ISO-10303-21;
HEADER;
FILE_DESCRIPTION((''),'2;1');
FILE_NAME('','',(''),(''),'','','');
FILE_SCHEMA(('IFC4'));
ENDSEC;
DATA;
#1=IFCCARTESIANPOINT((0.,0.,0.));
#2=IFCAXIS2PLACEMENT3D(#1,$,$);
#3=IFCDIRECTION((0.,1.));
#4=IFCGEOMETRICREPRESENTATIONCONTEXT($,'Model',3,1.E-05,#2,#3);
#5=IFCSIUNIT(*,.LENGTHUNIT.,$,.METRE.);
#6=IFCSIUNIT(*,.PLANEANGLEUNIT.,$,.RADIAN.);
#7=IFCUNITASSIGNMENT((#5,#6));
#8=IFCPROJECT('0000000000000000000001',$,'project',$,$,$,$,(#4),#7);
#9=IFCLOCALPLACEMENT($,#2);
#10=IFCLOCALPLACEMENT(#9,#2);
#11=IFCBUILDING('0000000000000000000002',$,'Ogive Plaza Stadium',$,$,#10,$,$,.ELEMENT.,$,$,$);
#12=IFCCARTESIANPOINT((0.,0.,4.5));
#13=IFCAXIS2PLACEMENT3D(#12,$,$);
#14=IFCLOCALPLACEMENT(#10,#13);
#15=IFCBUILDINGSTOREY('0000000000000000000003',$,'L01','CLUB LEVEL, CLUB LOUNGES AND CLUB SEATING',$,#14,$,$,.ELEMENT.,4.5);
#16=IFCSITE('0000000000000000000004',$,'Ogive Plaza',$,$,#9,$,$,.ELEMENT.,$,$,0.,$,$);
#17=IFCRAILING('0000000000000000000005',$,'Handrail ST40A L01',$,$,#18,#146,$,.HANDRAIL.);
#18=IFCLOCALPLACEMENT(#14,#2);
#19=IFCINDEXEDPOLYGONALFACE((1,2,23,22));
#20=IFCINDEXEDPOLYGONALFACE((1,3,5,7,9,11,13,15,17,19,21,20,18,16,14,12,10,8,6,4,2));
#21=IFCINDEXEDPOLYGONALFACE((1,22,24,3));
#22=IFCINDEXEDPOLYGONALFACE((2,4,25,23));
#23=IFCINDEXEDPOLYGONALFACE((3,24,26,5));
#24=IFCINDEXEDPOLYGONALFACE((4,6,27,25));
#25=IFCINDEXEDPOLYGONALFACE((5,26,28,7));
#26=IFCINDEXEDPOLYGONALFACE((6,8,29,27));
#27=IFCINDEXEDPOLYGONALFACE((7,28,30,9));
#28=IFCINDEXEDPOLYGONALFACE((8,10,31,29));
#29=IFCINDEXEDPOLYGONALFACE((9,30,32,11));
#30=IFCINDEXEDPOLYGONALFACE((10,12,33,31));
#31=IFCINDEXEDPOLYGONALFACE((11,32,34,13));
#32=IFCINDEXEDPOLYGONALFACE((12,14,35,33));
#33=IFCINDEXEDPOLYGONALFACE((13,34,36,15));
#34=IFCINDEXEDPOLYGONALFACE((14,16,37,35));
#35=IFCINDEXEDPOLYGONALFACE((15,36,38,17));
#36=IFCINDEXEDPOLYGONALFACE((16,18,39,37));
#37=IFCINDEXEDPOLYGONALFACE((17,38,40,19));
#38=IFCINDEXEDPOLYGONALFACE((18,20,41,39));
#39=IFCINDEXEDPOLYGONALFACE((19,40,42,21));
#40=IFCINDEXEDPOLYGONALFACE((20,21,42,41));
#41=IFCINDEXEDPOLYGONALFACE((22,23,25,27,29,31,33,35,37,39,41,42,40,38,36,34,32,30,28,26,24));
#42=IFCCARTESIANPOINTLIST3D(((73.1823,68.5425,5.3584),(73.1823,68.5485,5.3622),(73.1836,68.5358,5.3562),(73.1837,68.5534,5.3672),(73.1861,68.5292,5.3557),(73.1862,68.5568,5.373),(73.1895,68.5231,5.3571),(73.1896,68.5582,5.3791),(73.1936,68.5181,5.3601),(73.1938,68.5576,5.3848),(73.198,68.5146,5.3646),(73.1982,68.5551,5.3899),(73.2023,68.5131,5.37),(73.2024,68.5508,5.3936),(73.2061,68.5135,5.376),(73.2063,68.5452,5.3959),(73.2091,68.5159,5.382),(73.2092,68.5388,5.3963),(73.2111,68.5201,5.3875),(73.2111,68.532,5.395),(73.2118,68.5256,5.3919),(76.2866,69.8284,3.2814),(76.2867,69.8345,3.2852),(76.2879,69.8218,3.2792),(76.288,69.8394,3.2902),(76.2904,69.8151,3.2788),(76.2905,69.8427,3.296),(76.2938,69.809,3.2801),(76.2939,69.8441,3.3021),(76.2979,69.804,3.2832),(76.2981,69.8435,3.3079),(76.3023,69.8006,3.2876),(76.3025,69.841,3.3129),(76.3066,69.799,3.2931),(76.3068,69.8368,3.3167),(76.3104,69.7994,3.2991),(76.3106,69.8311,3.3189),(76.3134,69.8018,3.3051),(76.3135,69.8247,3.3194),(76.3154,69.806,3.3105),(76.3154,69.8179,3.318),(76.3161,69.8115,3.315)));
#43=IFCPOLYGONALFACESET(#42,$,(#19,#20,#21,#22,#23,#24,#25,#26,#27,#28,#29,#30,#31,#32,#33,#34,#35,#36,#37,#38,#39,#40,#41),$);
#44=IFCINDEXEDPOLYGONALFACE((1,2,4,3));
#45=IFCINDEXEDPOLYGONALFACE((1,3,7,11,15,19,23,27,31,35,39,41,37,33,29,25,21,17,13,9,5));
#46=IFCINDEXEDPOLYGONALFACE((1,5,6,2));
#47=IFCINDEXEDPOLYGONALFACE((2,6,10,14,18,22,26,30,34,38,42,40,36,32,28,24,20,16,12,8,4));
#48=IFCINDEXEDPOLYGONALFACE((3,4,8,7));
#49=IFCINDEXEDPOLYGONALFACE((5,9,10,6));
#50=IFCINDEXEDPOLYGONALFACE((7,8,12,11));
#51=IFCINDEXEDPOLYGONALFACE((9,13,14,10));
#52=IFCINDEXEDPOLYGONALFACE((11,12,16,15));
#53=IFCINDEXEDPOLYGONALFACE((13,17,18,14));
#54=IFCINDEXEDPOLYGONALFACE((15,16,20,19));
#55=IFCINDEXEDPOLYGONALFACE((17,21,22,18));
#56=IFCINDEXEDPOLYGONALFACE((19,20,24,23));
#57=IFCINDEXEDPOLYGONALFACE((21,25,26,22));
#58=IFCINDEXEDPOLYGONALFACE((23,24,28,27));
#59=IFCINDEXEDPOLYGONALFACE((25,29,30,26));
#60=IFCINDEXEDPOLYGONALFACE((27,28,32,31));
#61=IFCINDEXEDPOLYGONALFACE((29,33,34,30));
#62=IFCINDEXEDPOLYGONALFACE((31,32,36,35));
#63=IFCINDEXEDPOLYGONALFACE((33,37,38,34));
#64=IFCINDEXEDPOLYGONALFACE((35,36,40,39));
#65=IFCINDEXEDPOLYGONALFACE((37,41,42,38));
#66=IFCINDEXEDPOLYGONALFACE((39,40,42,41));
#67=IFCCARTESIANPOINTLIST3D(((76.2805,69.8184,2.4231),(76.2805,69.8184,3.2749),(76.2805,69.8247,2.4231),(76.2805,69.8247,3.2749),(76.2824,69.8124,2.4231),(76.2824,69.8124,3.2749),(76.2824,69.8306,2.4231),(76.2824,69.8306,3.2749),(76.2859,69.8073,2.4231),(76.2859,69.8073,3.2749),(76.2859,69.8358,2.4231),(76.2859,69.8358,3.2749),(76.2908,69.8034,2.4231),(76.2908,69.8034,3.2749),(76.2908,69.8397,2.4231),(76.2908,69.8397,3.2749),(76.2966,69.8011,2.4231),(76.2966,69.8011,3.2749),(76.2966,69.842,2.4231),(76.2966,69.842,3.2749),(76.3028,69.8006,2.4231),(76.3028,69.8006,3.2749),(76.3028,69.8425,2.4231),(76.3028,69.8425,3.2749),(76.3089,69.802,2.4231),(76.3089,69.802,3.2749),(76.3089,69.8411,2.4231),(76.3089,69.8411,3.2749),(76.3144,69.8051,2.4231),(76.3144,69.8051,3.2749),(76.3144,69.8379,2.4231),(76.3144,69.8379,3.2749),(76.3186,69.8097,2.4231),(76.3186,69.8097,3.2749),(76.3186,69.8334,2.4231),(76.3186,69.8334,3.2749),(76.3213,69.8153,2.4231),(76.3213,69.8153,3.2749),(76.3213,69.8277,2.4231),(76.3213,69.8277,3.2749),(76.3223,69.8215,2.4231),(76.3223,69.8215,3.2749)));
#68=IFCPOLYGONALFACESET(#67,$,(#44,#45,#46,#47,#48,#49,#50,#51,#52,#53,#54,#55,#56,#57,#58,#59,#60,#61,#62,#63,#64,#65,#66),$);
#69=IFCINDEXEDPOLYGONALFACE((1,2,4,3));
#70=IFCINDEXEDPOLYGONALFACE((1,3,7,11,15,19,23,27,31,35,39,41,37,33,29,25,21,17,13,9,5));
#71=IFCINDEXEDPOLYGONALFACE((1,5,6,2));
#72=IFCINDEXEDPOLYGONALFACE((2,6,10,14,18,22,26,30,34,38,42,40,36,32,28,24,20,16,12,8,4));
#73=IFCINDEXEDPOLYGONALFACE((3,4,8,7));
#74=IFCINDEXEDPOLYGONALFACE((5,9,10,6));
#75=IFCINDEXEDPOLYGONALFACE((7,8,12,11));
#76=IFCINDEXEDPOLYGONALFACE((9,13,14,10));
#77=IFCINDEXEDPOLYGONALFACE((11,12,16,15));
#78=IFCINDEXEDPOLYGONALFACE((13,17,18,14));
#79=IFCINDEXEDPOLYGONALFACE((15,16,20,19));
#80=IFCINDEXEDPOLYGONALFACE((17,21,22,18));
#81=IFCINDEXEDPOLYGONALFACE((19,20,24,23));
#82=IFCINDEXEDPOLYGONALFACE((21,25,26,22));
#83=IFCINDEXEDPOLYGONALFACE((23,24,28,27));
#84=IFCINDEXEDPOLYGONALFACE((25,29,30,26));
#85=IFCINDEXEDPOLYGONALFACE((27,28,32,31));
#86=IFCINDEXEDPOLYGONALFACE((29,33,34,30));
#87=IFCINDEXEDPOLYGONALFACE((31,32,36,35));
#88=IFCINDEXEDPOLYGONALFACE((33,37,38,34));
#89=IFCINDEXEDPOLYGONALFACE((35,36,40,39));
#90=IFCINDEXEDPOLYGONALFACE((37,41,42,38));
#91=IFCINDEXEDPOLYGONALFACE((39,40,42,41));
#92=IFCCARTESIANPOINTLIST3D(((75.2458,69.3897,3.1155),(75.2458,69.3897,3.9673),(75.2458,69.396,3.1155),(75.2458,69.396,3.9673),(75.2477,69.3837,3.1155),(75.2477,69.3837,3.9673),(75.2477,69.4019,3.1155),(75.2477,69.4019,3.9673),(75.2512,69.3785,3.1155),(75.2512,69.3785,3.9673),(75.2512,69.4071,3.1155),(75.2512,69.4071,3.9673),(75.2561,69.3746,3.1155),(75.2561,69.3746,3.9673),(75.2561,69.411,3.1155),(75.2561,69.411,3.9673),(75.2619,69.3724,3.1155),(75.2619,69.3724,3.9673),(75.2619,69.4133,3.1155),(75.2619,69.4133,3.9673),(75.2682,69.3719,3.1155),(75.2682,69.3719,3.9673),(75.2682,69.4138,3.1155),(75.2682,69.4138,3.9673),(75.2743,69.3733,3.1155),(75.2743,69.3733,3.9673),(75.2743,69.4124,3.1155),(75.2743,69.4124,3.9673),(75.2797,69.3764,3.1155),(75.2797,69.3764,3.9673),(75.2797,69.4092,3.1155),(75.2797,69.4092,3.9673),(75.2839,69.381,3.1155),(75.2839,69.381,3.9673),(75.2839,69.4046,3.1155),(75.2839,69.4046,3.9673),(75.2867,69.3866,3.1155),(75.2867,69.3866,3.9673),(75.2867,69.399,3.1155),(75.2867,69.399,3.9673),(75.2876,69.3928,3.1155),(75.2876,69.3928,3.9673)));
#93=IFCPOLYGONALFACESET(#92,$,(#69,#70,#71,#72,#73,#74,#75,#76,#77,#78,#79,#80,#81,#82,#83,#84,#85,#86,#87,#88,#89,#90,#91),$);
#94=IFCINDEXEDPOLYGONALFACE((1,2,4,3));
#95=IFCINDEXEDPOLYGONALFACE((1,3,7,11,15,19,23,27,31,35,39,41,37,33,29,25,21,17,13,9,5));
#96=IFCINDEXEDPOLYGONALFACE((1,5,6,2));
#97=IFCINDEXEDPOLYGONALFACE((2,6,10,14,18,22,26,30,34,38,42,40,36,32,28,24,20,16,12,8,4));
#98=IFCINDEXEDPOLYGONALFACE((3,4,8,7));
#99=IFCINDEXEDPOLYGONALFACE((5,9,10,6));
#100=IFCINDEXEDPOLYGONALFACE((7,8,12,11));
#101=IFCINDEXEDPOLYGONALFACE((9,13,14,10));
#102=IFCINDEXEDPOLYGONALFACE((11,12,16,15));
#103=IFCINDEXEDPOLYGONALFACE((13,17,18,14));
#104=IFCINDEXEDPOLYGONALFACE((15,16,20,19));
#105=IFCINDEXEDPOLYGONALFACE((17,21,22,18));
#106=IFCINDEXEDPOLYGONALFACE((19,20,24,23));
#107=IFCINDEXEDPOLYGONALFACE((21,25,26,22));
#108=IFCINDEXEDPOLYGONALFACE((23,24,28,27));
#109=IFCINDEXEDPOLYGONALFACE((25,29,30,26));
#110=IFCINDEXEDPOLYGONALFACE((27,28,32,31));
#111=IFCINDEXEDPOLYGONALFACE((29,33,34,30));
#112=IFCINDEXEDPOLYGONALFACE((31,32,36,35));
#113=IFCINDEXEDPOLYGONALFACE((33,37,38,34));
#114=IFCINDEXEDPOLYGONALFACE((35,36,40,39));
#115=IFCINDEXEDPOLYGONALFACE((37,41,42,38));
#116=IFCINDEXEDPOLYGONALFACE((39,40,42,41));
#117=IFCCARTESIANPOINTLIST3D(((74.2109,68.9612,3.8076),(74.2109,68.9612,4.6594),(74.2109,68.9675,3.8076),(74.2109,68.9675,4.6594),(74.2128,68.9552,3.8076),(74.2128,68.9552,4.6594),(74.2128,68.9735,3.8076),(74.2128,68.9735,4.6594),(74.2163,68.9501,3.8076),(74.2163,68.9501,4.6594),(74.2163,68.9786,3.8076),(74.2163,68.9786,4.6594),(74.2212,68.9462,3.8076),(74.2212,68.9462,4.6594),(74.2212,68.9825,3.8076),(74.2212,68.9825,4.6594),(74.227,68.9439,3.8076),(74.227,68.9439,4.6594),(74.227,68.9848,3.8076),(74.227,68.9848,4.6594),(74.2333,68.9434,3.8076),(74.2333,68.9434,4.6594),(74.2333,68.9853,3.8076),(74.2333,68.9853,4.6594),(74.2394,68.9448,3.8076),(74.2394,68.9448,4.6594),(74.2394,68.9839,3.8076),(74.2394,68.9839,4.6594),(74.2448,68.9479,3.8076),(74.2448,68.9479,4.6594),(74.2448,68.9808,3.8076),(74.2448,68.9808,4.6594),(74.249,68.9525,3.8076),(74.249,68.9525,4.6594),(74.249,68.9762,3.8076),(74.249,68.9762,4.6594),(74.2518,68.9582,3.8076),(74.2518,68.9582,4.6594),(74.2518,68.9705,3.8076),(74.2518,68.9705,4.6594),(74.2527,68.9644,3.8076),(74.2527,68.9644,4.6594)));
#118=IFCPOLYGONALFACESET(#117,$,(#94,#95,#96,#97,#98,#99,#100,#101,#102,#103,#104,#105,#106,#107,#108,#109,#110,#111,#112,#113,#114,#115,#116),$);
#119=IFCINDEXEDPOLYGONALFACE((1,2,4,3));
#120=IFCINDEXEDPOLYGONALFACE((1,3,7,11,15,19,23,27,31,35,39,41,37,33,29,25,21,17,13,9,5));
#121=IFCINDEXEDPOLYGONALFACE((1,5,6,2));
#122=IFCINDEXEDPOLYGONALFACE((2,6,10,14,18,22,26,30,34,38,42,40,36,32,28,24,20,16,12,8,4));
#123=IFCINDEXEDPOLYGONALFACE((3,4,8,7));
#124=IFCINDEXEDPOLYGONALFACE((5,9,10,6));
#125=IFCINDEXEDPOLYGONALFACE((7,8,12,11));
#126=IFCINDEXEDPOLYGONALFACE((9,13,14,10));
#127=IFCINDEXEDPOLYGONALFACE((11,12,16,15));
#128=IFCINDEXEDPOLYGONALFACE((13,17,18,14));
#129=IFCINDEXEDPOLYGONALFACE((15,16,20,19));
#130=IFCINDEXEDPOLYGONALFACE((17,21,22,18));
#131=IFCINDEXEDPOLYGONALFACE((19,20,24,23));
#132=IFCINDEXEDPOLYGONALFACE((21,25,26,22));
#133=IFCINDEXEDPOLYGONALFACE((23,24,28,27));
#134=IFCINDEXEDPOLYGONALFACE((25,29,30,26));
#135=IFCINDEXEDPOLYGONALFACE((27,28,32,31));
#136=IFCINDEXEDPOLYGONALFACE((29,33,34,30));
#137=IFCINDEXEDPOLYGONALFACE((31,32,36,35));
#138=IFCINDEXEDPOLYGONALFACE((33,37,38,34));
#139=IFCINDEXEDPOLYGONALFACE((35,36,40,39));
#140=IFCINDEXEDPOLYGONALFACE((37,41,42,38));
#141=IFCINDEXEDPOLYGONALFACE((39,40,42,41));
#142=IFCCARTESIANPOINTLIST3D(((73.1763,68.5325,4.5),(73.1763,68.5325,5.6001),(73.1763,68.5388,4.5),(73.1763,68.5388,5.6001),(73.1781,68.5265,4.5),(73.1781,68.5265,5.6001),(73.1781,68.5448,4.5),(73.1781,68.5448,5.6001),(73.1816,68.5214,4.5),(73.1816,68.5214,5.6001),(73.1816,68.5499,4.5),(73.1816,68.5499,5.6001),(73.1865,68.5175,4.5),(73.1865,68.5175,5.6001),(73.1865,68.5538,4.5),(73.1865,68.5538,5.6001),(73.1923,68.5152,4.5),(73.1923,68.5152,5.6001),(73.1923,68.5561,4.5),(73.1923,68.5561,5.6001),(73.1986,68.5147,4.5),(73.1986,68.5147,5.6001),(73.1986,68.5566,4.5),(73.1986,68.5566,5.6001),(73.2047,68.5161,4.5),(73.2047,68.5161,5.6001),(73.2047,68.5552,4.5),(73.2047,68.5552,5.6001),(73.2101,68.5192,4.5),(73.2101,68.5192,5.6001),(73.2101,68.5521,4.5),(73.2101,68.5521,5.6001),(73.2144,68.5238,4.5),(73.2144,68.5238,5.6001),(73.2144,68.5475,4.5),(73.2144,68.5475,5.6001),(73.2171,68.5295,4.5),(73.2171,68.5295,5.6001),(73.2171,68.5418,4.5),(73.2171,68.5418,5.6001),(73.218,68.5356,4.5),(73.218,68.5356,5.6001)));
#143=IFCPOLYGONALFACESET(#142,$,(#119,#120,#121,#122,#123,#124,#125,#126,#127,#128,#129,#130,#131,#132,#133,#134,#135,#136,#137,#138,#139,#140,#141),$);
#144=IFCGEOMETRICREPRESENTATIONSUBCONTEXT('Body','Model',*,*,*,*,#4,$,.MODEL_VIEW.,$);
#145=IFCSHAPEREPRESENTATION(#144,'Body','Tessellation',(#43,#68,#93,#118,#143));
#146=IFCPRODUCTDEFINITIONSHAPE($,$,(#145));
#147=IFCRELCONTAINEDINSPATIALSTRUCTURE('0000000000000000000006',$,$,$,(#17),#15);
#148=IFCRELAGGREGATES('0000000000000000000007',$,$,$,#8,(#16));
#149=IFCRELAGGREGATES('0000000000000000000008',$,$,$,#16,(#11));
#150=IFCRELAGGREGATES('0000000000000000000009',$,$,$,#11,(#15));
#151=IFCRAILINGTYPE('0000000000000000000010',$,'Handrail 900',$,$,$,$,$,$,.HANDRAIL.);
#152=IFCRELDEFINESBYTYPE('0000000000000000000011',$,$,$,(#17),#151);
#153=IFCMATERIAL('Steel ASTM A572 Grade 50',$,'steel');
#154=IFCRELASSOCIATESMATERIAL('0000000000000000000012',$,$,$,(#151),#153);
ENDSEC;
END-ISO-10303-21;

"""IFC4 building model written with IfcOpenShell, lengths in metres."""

from ifc_helpers import new_model, si_unit, direction, frame, origin, origin_2d, place, context, subcontext, project, spatial, circle, extrude, material, type_object, element, save


model = new_model("IFC4")

# Units and contexts
model_context = context("Model", 3, precision=1e-05, world=origin(), true_north=direction((0.0, 1.0)))
body_context = subcontext(model_context, "Body", "Model", "MODEL_VIEW")
ifc_project = project(units=[si_unit("LENGTHUNIT", "METRE"), si_unit("PLANEANGLEUNIT", "RADIAN")], contexts=[model_context])

# Site, building, storey
site_placement = place(None, origin())
site = spatial("IfcSite", under=ifc_project, at=site_placement, Name="Ogive Plaza", CompositionType="ELEMENT", RefElevation=0.0)
building_placement = place(site_placement, origin())
building = spatial("IfcBuilding", under=site, at=building_placement, Name="Ogive Plaza Stadium", CompositionType="ELEMENT")
storey_placement = place(building_placement, frame((0.0, 0.0, 4.5)))
storey = spatial("IfcBuildingStorey", under=building, at=storey_placement, Name="L01", Description="CLUB LEVEL, CLUB LOUNGES AND CLUB SEATING", CompositionType="ELEMENT", Elevation=4.5)

# Railing
ifc_material_1 = material(Name="Steel ASTM A572 Grade 50", Category="steel")
railing_type_1 = type_object("IfcRailingType", Name="Handrail 900", PredefinedType="HANDRAIL", material=ifc_material_1)
for number, where, name in (
    (1, (76.3013, 69.8215, 2.4231), "Handrail ST40A L01"),
):
    element("IfcRailing", number, at=place(storey_placement, frame(where)), inside=storey, type_object=railing_type_1, Name=name, PredefinedType="HANDRAIL", context=body_context, shape_type="SweptSolid", body=[
        extrude(circle(Radius=0.0239, at=origin_2d()), frame((0.0, 0.0, 0.876), z_axis=(-0.785863, -0.325532, 0.525783), x_axis=(0.3827, -0.923872, 0.0)), (0.0, 0.0, 1.0), 3.9502),
        extrude(circle(Radius=0.021, at=origin_2d()), origin(), (0.0, 0.0, 1.0), 0.8518),
        extrude(circle(Radius=0.021, at=origin_2d()), frame((-1.0347, -0.4287, 0.6924)), (0.0, 0.0, 1.0), 0.8518),
        extrude(circle(Radius=0.021, at=origin_2d()), frame((-2.0696, -0.8572, 1.3845)), (0.0, 0.0, 1.0), 0.8518),
        extrude(circle(Radius=0.021, at=origin_2d()), frame((-3.1042, -1.2859, 2.0769)), (0.0, 0.0, 1.0), 1.1001),
    ])

save(model, "model.ifc")
